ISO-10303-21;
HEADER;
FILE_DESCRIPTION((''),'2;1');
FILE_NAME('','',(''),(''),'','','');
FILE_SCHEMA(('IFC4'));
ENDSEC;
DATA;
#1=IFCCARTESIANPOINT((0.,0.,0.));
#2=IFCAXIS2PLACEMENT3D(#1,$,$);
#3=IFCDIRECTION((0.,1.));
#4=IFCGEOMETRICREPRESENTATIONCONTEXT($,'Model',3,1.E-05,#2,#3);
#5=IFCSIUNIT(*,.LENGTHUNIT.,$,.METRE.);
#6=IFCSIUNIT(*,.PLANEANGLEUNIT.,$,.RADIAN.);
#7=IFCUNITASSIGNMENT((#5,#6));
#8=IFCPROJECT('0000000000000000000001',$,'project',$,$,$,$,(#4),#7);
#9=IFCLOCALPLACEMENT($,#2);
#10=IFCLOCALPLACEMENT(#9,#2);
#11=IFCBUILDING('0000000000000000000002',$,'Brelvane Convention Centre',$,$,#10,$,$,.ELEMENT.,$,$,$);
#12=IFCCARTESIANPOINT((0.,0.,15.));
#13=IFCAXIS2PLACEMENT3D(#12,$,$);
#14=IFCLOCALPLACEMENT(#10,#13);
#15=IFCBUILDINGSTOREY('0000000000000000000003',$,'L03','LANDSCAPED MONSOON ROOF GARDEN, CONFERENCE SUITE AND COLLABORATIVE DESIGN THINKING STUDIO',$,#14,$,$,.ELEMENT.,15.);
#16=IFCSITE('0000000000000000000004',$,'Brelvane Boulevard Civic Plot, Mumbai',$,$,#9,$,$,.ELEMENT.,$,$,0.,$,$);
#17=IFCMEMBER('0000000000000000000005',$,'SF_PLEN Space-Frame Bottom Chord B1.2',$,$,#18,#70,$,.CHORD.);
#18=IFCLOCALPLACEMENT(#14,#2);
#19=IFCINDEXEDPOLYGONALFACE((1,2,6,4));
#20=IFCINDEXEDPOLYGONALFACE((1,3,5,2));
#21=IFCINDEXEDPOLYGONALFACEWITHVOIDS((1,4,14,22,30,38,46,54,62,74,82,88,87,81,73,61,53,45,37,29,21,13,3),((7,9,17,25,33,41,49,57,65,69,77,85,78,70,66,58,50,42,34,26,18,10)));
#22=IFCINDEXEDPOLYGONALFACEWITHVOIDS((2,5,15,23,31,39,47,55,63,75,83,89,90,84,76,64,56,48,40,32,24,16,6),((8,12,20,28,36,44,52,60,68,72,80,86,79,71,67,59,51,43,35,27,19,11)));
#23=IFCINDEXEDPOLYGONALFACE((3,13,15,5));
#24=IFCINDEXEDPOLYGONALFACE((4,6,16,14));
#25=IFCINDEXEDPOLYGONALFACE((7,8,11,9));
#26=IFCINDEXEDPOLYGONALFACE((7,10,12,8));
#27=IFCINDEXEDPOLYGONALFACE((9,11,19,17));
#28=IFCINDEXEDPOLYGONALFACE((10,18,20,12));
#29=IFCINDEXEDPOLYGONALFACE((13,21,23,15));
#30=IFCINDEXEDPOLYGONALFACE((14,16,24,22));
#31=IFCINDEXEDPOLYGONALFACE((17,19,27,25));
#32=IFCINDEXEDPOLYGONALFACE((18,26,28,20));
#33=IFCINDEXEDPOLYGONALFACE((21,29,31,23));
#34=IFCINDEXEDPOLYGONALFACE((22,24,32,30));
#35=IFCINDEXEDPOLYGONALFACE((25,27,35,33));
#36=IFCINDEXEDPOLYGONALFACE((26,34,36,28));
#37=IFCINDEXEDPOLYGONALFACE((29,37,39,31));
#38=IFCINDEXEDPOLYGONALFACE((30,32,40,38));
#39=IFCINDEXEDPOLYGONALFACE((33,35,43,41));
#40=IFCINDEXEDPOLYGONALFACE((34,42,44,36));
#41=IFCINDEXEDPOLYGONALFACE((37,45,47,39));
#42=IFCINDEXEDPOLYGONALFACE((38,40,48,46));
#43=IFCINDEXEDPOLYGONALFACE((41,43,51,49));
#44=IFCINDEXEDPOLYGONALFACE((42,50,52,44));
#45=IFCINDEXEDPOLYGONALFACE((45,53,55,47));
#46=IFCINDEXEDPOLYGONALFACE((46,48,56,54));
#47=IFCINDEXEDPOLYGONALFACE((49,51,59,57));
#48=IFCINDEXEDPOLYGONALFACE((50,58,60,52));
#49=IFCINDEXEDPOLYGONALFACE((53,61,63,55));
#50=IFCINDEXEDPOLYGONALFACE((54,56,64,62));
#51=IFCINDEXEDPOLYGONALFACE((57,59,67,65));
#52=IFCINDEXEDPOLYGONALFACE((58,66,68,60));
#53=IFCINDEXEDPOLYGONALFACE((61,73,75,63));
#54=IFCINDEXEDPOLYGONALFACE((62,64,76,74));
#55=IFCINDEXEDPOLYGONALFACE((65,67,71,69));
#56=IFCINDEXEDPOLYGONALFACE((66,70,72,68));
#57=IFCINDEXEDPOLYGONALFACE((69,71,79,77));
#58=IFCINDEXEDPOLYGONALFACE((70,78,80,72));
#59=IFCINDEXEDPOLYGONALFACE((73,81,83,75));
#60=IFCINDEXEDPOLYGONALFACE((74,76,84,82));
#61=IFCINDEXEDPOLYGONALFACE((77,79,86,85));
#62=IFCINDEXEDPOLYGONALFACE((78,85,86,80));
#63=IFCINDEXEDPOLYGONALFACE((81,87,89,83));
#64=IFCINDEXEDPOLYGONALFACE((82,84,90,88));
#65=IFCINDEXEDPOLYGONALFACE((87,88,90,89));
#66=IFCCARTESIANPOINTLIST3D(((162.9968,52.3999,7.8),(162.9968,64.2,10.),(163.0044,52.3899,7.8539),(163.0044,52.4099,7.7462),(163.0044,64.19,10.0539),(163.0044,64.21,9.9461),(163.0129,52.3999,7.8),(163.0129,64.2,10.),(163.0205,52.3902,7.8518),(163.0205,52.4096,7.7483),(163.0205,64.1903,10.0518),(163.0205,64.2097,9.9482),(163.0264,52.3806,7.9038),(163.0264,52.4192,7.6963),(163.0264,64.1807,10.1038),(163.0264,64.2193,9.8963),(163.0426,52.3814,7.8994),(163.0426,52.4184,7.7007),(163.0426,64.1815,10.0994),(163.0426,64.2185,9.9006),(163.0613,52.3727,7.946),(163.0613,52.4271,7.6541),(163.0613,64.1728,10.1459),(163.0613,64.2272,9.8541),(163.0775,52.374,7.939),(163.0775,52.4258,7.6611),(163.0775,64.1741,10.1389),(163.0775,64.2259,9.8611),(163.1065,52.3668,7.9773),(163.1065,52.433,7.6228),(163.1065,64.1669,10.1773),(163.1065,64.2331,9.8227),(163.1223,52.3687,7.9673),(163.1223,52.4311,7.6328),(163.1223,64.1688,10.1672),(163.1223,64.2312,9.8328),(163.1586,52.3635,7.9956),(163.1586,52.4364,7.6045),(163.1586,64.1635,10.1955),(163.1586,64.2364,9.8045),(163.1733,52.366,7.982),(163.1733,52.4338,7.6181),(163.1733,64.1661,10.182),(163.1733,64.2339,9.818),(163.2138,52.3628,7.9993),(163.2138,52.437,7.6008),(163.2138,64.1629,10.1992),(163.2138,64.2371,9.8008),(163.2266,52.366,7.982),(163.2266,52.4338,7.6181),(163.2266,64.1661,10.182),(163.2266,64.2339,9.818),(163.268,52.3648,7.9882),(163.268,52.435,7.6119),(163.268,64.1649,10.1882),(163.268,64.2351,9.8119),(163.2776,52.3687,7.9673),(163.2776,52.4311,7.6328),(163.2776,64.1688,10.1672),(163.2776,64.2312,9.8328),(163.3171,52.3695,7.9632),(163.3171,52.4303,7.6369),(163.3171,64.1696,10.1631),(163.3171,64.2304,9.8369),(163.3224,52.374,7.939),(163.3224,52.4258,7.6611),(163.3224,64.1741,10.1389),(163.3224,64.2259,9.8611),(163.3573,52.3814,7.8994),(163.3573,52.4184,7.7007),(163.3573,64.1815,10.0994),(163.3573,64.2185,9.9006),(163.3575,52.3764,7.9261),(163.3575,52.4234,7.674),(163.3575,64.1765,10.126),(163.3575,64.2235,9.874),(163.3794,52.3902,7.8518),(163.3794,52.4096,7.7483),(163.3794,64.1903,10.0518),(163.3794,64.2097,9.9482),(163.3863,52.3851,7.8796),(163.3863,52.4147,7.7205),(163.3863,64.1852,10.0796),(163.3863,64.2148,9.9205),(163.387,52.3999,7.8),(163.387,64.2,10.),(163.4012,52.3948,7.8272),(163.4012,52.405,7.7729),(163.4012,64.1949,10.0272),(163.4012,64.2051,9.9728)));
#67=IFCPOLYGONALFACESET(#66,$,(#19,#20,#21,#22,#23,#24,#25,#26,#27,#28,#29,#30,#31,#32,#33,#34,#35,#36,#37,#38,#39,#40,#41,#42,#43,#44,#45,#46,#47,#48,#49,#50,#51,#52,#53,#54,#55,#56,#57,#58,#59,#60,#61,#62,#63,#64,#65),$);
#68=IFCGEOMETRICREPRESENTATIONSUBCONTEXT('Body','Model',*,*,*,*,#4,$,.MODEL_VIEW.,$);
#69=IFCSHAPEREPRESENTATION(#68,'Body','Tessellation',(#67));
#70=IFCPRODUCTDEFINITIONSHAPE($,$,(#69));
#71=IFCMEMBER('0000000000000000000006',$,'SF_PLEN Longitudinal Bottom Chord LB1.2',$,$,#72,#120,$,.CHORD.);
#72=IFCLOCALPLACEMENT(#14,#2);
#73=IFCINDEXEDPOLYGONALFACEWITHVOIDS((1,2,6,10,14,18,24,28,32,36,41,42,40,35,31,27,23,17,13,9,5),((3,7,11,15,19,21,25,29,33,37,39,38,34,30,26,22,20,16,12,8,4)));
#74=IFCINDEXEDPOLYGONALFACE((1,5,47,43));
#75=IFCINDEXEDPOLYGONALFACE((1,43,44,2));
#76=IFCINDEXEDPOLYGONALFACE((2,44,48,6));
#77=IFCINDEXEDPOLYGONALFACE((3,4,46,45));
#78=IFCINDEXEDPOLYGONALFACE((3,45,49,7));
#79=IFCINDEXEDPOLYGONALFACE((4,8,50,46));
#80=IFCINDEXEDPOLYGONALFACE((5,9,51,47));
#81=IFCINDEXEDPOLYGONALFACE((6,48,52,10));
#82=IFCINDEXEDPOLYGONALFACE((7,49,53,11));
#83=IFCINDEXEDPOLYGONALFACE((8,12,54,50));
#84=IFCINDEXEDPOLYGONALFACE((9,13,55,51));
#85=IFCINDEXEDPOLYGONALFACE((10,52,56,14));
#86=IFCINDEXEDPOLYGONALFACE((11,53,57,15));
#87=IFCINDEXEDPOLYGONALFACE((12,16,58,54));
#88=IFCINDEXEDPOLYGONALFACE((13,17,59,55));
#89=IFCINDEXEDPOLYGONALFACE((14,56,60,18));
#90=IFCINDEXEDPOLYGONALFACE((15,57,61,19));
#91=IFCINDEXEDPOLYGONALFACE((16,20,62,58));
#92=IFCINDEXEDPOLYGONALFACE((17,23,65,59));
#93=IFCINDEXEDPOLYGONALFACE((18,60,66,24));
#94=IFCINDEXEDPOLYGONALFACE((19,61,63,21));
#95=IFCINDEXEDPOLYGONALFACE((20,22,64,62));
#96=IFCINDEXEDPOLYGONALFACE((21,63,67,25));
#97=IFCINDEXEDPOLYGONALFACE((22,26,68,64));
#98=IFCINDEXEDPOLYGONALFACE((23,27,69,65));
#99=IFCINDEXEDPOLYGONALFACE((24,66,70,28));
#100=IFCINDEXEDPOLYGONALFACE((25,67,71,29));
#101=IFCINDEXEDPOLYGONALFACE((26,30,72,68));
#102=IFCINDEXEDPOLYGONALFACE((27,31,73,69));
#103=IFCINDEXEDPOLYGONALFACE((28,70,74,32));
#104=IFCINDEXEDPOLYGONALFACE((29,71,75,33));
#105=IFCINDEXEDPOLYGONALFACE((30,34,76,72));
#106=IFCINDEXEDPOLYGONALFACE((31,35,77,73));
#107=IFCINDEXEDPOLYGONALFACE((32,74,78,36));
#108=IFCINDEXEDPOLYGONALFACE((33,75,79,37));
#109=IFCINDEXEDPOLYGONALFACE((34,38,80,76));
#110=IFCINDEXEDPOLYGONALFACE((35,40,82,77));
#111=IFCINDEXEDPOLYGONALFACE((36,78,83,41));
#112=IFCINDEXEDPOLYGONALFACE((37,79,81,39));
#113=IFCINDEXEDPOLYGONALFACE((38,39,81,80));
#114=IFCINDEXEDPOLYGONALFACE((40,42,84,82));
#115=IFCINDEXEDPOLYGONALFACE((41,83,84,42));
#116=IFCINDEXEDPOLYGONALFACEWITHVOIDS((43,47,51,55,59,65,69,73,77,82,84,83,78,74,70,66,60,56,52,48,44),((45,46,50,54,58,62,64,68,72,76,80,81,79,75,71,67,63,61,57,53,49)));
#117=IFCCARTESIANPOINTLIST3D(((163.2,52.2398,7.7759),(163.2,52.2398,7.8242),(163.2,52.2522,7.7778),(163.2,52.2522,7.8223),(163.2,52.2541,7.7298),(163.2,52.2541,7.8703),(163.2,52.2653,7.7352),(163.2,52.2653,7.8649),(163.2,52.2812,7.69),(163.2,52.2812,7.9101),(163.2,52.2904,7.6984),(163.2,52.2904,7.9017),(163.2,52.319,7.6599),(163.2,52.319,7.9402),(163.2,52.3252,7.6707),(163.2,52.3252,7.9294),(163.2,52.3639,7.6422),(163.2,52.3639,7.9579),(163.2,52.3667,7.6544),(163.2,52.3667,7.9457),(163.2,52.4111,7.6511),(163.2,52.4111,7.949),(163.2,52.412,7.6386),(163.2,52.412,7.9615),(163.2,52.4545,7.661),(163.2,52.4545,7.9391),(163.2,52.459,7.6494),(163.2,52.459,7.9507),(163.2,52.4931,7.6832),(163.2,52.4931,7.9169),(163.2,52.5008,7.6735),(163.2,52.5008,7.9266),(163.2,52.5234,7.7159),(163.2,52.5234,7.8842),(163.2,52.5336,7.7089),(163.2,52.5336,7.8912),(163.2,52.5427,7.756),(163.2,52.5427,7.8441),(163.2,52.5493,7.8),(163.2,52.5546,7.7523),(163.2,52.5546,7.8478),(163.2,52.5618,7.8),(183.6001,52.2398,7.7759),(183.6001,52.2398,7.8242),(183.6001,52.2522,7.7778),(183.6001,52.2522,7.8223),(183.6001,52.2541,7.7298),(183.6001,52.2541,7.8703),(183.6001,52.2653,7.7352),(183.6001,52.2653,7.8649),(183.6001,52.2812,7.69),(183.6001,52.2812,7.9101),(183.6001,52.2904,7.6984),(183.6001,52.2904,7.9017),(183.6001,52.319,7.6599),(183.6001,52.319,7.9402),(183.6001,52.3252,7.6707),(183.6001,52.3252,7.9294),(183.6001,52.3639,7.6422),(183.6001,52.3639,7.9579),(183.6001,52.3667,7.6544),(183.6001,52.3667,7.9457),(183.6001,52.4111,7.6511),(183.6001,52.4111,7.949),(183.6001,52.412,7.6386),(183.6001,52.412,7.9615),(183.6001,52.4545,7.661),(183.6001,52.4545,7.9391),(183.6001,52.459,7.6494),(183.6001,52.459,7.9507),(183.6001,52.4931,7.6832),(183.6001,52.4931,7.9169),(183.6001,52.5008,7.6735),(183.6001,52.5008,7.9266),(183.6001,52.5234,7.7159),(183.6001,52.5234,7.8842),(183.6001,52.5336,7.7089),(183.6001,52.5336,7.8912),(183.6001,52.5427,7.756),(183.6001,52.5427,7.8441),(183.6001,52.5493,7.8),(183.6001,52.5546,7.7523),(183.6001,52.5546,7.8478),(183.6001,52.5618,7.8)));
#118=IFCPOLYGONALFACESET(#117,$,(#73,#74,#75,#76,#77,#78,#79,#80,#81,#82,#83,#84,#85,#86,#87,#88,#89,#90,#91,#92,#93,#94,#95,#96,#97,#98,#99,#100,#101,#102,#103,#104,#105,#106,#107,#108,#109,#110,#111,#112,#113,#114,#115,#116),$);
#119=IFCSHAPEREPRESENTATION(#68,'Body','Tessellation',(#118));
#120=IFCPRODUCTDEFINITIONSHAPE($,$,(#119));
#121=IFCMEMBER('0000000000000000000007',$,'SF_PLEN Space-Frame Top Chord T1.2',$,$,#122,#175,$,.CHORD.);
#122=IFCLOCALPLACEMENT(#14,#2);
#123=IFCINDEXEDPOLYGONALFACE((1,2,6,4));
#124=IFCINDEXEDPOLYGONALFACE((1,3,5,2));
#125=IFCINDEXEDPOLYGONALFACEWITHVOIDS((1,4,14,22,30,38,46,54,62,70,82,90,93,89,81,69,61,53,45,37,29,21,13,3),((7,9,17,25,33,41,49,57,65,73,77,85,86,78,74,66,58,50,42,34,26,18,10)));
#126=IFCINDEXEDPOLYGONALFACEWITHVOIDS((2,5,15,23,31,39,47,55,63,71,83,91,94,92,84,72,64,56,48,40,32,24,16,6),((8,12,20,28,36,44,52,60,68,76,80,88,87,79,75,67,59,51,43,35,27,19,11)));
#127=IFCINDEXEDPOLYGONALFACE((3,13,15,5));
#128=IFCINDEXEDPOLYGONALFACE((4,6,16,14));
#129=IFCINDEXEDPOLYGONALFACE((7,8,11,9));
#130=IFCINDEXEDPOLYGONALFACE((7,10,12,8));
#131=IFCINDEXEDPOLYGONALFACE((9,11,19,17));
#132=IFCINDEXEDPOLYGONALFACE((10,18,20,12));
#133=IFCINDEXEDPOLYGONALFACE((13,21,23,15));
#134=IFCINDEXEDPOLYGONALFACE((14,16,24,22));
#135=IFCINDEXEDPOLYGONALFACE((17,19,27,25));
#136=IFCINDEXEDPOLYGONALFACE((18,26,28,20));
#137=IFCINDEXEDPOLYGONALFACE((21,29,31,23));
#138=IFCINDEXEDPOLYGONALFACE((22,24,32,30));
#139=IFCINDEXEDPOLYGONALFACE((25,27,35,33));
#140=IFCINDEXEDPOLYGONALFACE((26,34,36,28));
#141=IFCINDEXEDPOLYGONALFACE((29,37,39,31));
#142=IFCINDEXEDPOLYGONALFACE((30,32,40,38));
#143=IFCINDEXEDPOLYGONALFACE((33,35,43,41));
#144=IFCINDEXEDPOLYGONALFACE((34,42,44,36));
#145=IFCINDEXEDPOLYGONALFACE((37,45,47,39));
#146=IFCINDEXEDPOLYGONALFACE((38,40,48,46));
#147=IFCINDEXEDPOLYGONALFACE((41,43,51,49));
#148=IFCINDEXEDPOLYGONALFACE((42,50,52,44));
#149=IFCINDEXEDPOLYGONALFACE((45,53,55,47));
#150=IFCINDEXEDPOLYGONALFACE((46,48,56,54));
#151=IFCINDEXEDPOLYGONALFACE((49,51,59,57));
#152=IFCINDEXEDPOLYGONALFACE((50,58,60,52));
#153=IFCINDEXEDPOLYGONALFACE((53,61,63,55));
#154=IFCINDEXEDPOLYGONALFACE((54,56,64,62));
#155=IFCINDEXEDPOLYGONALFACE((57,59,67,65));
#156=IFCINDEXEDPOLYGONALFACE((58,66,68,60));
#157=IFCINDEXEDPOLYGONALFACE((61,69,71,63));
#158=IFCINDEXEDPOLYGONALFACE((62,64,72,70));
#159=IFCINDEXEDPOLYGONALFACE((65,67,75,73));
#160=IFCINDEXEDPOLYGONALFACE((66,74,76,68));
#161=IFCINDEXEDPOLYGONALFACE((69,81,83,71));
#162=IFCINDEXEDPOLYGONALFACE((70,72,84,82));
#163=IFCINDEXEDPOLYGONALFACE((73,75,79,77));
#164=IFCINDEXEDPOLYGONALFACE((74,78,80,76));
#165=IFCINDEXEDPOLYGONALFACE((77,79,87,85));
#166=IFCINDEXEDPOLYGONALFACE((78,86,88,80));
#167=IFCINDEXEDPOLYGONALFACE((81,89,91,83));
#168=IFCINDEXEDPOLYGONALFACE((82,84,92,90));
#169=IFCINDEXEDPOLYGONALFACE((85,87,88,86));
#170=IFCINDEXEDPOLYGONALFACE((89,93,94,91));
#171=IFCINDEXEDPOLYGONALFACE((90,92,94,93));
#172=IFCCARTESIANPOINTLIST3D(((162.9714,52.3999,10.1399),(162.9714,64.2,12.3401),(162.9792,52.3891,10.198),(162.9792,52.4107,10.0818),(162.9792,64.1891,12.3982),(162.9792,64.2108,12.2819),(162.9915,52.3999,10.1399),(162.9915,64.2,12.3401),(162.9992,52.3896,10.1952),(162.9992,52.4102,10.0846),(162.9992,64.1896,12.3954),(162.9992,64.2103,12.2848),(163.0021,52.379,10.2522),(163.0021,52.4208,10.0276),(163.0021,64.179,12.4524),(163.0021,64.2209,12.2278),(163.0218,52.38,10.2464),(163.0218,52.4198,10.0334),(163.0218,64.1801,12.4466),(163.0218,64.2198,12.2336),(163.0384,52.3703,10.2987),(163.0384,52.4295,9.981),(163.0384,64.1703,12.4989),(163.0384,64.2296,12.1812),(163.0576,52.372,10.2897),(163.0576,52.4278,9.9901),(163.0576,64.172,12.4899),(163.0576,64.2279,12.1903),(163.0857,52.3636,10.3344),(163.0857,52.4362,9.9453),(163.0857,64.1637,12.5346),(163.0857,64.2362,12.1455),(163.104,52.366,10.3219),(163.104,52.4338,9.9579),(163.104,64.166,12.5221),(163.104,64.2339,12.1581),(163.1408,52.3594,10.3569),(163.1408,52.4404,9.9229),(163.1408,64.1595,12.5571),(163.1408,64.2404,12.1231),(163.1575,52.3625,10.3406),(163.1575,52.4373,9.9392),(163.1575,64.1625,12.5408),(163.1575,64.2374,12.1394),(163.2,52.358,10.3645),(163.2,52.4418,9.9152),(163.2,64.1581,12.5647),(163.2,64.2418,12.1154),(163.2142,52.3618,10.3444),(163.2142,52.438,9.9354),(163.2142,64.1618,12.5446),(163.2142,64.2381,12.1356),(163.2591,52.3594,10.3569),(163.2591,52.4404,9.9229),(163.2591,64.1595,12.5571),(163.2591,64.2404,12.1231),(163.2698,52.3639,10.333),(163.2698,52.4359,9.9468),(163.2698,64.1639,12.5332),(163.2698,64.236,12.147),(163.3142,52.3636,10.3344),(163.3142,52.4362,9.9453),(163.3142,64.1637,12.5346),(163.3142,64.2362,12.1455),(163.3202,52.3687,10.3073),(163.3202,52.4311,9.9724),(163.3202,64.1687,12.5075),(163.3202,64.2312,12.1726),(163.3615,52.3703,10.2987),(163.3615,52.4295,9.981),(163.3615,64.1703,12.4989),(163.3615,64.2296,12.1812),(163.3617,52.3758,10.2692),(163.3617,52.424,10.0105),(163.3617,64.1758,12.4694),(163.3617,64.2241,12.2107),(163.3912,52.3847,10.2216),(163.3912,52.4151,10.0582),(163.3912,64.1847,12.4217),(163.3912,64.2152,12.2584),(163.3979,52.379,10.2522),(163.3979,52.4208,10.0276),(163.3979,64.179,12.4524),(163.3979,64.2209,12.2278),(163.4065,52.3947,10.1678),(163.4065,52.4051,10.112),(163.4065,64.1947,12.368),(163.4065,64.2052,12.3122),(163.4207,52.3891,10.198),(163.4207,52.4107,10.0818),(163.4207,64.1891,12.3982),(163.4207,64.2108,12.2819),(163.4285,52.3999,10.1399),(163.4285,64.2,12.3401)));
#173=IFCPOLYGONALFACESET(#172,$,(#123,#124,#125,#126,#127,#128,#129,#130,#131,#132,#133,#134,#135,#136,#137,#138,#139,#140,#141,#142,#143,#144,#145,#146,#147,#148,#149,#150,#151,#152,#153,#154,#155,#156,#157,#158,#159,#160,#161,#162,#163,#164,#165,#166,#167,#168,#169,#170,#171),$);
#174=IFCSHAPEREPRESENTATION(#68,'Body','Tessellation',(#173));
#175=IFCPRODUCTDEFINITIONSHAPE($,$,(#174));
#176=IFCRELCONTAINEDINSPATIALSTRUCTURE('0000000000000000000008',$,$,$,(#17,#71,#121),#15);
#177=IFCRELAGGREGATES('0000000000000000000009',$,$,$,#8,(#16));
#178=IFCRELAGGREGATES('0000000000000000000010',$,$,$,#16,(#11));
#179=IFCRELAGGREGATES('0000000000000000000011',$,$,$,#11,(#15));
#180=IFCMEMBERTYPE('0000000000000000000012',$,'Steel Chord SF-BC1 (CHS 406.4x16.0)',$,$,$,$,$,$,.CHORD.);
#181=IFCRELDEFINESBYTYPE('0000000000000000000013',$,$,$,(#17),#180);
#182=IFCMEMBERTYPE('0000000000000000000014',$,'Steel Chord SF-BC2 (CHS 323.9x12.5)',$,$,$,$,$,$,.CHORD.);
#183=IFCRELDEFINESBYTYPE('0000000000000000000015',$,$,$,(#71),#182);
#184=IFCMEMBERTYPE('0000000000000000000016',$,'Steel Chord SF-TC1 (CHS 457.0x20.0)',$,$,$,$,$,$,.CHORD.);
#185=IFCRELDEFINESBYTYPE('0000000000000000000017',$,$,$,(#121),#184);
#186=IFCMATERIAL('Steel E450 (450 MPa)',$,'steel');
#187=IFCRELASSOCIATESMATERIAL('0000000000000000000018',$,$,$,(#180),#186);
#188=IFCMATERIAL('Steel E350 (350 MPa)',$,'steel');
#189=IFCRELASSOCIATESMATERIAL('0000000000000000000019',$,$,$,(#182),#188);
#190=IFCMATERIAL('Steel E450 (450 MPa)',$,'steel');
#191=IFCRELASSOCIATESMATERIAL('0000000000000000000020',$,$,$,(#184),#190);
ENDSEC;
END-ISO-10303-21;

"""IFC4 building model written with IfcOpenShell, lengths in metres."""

from ifc_helpers import new_model, si_unit, direction, frame, origin, origin_2d, place, context, subcontext, project, spatial, hollow_circle, extrude, material, material_profile, profile_set, type_object, element, save


model = new_model("IFC4")

# Units and contexts
model_context = context("Model", 3, precision=1e-05, world=origin(), true_north=direction((0.0, 1.0)))
body_context = subcontext(model_context, "Body", "Model", "MODEL_VIEW")
ifc_project = project(units=[si_unit("LENGTHUNIT", "METRE"), si_unit("PLANEANGLEUNIT", "RADIAN")], contexts=[model_context])

# Site, building, storey
site_placement = place(None, origin())
site = spatial("IfcSite", under=ifc_project, at=site_placement, Name="Brelvane Boulevard Civic Plot, Mumbai", CompositionType="ELEMENT", RefElevation=0.0)
building_placement = place(site_placement, origin())
building = spatial("IfcBuilding", under=site, at=building_placement, Name="Brelvane Convention Centre", CompositionType="ELEMENT")
storey_placement = place(building_placement, frame((0.0, 0.0, 15.0)))
storey = spatial("IfcBuildingStorey", under=building, at=storey_placement, Name="L03", Description="LANDSCAPED MONSOON ROOF GARDEN, CONFERENCE SUITE AND COLLABORATIVE DESIGN THINKING STUDIO", CompositionType="ELEMENT", Elevation=15.0)

# Members
ifc_material_1 = material(Name="Steel E450 (450 MPa)", Category="steel")
ifc_material_profile_1 = material_profile(ifc_material_1, hollow_circle(Radius=0.2031, WallThickness=0.0161, at=origin_2d()), Name="CHS 406.4x16.0")
ifc_profile_set_1 = profile_set([ifc_material_profile_1], Name="Steel E450 (450 MPa)")
member_type_1 = type_object("IfcMemberType", Name="Steel Chord SF-BC1 (CHS 406.4x16.0)", PredefinedType="CHORD", material=ifc_profile_set_1)
member_1_placement = place(storey_placement, frame((163.2, 52.3999, 7.8), z_axis=(0.0, 0.983061, 0.183278), x_axis=(-1.0, 0.0, 0.0)))
element("IfcMember", 1, at=member_1_placement, inside=storey, type_object=member_type_1, Name="SF_PLEN Space-Frame Bottom Chord B1.2", PredefinedType="CHORD", context=body_context, shape_type="SweptSolid", body=[
    extrude(hollow_circle(Radius=0.2031, WallThickness=0.0161, at=origin_2d()), origin(), (0.0, 0.0, 1.0), 12.0034),
])
ifc_material_2 = material(Name="Steel E350 (350 MPa)", Category="steel")
ifc_material_profile_2 = material_profile(ifc_material_2, hollow_circle(Radius=0.1619, WallThickness=0.0125, at=origin_2d()), Name="CHS 323.9x12.5")
ifc_profile_set_2 = profile_set([ifc_material_profile_2], Name="Steel E350 (350 MPa)")
member_type_2 = type_object("IfcMemberType", Name="Steel Chord SF-BC2 (CHS 323.9x12.5)", PredefinedType="CHORD", material=ifc_profile_set_2)
member_2_placement = place(storey_placement, frame((163.2, 52.3999, 7.8), z_axis=(1.0, 0.0, 0.0), x_axis=(0.0, 1.0, 0.0)))
element("IfcMember", 2, at=member_2_placement, inside=storey, type_object=member_type_2, Name="SF_PLEN Longitudinal Bottom Chord LB1.2", PredefinedType="CHORD", context=body_context, shape_type="SweptSolid", body=[
    extrude(hollow_circle(Radius=0.1619, WallThickness=0.0125, at=origin_2d()), origin(), (0.0, 0.0, 1.0), 20.4001),
])
ifc_material_3 = material(Name="Steel E450 (450 MPa)", Category="steel")
ifc_material_profile_3 = material_profile(ifc_material_3, hollow_circle(Radius=0.2285, WallThickness=0.02, at=origin_2d()), Name="CHS 457.0x20.0")
ifc_profile_set_3 = profile_set([ifc_material_profile_3], Name="Steel E450 (450 MPa)")
member_type_3 = type_object("IfcMemberType", Name="Steel Chord SF-TC1 (CHS 457.0x20.0)", PredefinedType="CHORD", material=ifc_profile_set_3)
for number, where, z_axis, x_axis, name in (
    (3, (163.2, 52.3999, 10.1399), (0.0, 0.983058, 0.183297), (-1.0, 0.0, 0.0), "SF_PLEN Space-Frame Top Chord T1.2"),
):
    element("IfcMember", number, at=place(storey_placement, frame(where, z_axis=z_axis, x_axis=x_axis)), inside=storey, type_object=member_type_3, Name=name, PredefinedType="CHORD", context=body_context, shape_type="SweptSolid", body=[
        extrude(hollow_circle(Radius=0.2285, WallThickness=0.02, at=origin_2d()), origin(), (0.0, 0.0, 1.0), 12.0034),
    ])

save(model, "model.ifc")
